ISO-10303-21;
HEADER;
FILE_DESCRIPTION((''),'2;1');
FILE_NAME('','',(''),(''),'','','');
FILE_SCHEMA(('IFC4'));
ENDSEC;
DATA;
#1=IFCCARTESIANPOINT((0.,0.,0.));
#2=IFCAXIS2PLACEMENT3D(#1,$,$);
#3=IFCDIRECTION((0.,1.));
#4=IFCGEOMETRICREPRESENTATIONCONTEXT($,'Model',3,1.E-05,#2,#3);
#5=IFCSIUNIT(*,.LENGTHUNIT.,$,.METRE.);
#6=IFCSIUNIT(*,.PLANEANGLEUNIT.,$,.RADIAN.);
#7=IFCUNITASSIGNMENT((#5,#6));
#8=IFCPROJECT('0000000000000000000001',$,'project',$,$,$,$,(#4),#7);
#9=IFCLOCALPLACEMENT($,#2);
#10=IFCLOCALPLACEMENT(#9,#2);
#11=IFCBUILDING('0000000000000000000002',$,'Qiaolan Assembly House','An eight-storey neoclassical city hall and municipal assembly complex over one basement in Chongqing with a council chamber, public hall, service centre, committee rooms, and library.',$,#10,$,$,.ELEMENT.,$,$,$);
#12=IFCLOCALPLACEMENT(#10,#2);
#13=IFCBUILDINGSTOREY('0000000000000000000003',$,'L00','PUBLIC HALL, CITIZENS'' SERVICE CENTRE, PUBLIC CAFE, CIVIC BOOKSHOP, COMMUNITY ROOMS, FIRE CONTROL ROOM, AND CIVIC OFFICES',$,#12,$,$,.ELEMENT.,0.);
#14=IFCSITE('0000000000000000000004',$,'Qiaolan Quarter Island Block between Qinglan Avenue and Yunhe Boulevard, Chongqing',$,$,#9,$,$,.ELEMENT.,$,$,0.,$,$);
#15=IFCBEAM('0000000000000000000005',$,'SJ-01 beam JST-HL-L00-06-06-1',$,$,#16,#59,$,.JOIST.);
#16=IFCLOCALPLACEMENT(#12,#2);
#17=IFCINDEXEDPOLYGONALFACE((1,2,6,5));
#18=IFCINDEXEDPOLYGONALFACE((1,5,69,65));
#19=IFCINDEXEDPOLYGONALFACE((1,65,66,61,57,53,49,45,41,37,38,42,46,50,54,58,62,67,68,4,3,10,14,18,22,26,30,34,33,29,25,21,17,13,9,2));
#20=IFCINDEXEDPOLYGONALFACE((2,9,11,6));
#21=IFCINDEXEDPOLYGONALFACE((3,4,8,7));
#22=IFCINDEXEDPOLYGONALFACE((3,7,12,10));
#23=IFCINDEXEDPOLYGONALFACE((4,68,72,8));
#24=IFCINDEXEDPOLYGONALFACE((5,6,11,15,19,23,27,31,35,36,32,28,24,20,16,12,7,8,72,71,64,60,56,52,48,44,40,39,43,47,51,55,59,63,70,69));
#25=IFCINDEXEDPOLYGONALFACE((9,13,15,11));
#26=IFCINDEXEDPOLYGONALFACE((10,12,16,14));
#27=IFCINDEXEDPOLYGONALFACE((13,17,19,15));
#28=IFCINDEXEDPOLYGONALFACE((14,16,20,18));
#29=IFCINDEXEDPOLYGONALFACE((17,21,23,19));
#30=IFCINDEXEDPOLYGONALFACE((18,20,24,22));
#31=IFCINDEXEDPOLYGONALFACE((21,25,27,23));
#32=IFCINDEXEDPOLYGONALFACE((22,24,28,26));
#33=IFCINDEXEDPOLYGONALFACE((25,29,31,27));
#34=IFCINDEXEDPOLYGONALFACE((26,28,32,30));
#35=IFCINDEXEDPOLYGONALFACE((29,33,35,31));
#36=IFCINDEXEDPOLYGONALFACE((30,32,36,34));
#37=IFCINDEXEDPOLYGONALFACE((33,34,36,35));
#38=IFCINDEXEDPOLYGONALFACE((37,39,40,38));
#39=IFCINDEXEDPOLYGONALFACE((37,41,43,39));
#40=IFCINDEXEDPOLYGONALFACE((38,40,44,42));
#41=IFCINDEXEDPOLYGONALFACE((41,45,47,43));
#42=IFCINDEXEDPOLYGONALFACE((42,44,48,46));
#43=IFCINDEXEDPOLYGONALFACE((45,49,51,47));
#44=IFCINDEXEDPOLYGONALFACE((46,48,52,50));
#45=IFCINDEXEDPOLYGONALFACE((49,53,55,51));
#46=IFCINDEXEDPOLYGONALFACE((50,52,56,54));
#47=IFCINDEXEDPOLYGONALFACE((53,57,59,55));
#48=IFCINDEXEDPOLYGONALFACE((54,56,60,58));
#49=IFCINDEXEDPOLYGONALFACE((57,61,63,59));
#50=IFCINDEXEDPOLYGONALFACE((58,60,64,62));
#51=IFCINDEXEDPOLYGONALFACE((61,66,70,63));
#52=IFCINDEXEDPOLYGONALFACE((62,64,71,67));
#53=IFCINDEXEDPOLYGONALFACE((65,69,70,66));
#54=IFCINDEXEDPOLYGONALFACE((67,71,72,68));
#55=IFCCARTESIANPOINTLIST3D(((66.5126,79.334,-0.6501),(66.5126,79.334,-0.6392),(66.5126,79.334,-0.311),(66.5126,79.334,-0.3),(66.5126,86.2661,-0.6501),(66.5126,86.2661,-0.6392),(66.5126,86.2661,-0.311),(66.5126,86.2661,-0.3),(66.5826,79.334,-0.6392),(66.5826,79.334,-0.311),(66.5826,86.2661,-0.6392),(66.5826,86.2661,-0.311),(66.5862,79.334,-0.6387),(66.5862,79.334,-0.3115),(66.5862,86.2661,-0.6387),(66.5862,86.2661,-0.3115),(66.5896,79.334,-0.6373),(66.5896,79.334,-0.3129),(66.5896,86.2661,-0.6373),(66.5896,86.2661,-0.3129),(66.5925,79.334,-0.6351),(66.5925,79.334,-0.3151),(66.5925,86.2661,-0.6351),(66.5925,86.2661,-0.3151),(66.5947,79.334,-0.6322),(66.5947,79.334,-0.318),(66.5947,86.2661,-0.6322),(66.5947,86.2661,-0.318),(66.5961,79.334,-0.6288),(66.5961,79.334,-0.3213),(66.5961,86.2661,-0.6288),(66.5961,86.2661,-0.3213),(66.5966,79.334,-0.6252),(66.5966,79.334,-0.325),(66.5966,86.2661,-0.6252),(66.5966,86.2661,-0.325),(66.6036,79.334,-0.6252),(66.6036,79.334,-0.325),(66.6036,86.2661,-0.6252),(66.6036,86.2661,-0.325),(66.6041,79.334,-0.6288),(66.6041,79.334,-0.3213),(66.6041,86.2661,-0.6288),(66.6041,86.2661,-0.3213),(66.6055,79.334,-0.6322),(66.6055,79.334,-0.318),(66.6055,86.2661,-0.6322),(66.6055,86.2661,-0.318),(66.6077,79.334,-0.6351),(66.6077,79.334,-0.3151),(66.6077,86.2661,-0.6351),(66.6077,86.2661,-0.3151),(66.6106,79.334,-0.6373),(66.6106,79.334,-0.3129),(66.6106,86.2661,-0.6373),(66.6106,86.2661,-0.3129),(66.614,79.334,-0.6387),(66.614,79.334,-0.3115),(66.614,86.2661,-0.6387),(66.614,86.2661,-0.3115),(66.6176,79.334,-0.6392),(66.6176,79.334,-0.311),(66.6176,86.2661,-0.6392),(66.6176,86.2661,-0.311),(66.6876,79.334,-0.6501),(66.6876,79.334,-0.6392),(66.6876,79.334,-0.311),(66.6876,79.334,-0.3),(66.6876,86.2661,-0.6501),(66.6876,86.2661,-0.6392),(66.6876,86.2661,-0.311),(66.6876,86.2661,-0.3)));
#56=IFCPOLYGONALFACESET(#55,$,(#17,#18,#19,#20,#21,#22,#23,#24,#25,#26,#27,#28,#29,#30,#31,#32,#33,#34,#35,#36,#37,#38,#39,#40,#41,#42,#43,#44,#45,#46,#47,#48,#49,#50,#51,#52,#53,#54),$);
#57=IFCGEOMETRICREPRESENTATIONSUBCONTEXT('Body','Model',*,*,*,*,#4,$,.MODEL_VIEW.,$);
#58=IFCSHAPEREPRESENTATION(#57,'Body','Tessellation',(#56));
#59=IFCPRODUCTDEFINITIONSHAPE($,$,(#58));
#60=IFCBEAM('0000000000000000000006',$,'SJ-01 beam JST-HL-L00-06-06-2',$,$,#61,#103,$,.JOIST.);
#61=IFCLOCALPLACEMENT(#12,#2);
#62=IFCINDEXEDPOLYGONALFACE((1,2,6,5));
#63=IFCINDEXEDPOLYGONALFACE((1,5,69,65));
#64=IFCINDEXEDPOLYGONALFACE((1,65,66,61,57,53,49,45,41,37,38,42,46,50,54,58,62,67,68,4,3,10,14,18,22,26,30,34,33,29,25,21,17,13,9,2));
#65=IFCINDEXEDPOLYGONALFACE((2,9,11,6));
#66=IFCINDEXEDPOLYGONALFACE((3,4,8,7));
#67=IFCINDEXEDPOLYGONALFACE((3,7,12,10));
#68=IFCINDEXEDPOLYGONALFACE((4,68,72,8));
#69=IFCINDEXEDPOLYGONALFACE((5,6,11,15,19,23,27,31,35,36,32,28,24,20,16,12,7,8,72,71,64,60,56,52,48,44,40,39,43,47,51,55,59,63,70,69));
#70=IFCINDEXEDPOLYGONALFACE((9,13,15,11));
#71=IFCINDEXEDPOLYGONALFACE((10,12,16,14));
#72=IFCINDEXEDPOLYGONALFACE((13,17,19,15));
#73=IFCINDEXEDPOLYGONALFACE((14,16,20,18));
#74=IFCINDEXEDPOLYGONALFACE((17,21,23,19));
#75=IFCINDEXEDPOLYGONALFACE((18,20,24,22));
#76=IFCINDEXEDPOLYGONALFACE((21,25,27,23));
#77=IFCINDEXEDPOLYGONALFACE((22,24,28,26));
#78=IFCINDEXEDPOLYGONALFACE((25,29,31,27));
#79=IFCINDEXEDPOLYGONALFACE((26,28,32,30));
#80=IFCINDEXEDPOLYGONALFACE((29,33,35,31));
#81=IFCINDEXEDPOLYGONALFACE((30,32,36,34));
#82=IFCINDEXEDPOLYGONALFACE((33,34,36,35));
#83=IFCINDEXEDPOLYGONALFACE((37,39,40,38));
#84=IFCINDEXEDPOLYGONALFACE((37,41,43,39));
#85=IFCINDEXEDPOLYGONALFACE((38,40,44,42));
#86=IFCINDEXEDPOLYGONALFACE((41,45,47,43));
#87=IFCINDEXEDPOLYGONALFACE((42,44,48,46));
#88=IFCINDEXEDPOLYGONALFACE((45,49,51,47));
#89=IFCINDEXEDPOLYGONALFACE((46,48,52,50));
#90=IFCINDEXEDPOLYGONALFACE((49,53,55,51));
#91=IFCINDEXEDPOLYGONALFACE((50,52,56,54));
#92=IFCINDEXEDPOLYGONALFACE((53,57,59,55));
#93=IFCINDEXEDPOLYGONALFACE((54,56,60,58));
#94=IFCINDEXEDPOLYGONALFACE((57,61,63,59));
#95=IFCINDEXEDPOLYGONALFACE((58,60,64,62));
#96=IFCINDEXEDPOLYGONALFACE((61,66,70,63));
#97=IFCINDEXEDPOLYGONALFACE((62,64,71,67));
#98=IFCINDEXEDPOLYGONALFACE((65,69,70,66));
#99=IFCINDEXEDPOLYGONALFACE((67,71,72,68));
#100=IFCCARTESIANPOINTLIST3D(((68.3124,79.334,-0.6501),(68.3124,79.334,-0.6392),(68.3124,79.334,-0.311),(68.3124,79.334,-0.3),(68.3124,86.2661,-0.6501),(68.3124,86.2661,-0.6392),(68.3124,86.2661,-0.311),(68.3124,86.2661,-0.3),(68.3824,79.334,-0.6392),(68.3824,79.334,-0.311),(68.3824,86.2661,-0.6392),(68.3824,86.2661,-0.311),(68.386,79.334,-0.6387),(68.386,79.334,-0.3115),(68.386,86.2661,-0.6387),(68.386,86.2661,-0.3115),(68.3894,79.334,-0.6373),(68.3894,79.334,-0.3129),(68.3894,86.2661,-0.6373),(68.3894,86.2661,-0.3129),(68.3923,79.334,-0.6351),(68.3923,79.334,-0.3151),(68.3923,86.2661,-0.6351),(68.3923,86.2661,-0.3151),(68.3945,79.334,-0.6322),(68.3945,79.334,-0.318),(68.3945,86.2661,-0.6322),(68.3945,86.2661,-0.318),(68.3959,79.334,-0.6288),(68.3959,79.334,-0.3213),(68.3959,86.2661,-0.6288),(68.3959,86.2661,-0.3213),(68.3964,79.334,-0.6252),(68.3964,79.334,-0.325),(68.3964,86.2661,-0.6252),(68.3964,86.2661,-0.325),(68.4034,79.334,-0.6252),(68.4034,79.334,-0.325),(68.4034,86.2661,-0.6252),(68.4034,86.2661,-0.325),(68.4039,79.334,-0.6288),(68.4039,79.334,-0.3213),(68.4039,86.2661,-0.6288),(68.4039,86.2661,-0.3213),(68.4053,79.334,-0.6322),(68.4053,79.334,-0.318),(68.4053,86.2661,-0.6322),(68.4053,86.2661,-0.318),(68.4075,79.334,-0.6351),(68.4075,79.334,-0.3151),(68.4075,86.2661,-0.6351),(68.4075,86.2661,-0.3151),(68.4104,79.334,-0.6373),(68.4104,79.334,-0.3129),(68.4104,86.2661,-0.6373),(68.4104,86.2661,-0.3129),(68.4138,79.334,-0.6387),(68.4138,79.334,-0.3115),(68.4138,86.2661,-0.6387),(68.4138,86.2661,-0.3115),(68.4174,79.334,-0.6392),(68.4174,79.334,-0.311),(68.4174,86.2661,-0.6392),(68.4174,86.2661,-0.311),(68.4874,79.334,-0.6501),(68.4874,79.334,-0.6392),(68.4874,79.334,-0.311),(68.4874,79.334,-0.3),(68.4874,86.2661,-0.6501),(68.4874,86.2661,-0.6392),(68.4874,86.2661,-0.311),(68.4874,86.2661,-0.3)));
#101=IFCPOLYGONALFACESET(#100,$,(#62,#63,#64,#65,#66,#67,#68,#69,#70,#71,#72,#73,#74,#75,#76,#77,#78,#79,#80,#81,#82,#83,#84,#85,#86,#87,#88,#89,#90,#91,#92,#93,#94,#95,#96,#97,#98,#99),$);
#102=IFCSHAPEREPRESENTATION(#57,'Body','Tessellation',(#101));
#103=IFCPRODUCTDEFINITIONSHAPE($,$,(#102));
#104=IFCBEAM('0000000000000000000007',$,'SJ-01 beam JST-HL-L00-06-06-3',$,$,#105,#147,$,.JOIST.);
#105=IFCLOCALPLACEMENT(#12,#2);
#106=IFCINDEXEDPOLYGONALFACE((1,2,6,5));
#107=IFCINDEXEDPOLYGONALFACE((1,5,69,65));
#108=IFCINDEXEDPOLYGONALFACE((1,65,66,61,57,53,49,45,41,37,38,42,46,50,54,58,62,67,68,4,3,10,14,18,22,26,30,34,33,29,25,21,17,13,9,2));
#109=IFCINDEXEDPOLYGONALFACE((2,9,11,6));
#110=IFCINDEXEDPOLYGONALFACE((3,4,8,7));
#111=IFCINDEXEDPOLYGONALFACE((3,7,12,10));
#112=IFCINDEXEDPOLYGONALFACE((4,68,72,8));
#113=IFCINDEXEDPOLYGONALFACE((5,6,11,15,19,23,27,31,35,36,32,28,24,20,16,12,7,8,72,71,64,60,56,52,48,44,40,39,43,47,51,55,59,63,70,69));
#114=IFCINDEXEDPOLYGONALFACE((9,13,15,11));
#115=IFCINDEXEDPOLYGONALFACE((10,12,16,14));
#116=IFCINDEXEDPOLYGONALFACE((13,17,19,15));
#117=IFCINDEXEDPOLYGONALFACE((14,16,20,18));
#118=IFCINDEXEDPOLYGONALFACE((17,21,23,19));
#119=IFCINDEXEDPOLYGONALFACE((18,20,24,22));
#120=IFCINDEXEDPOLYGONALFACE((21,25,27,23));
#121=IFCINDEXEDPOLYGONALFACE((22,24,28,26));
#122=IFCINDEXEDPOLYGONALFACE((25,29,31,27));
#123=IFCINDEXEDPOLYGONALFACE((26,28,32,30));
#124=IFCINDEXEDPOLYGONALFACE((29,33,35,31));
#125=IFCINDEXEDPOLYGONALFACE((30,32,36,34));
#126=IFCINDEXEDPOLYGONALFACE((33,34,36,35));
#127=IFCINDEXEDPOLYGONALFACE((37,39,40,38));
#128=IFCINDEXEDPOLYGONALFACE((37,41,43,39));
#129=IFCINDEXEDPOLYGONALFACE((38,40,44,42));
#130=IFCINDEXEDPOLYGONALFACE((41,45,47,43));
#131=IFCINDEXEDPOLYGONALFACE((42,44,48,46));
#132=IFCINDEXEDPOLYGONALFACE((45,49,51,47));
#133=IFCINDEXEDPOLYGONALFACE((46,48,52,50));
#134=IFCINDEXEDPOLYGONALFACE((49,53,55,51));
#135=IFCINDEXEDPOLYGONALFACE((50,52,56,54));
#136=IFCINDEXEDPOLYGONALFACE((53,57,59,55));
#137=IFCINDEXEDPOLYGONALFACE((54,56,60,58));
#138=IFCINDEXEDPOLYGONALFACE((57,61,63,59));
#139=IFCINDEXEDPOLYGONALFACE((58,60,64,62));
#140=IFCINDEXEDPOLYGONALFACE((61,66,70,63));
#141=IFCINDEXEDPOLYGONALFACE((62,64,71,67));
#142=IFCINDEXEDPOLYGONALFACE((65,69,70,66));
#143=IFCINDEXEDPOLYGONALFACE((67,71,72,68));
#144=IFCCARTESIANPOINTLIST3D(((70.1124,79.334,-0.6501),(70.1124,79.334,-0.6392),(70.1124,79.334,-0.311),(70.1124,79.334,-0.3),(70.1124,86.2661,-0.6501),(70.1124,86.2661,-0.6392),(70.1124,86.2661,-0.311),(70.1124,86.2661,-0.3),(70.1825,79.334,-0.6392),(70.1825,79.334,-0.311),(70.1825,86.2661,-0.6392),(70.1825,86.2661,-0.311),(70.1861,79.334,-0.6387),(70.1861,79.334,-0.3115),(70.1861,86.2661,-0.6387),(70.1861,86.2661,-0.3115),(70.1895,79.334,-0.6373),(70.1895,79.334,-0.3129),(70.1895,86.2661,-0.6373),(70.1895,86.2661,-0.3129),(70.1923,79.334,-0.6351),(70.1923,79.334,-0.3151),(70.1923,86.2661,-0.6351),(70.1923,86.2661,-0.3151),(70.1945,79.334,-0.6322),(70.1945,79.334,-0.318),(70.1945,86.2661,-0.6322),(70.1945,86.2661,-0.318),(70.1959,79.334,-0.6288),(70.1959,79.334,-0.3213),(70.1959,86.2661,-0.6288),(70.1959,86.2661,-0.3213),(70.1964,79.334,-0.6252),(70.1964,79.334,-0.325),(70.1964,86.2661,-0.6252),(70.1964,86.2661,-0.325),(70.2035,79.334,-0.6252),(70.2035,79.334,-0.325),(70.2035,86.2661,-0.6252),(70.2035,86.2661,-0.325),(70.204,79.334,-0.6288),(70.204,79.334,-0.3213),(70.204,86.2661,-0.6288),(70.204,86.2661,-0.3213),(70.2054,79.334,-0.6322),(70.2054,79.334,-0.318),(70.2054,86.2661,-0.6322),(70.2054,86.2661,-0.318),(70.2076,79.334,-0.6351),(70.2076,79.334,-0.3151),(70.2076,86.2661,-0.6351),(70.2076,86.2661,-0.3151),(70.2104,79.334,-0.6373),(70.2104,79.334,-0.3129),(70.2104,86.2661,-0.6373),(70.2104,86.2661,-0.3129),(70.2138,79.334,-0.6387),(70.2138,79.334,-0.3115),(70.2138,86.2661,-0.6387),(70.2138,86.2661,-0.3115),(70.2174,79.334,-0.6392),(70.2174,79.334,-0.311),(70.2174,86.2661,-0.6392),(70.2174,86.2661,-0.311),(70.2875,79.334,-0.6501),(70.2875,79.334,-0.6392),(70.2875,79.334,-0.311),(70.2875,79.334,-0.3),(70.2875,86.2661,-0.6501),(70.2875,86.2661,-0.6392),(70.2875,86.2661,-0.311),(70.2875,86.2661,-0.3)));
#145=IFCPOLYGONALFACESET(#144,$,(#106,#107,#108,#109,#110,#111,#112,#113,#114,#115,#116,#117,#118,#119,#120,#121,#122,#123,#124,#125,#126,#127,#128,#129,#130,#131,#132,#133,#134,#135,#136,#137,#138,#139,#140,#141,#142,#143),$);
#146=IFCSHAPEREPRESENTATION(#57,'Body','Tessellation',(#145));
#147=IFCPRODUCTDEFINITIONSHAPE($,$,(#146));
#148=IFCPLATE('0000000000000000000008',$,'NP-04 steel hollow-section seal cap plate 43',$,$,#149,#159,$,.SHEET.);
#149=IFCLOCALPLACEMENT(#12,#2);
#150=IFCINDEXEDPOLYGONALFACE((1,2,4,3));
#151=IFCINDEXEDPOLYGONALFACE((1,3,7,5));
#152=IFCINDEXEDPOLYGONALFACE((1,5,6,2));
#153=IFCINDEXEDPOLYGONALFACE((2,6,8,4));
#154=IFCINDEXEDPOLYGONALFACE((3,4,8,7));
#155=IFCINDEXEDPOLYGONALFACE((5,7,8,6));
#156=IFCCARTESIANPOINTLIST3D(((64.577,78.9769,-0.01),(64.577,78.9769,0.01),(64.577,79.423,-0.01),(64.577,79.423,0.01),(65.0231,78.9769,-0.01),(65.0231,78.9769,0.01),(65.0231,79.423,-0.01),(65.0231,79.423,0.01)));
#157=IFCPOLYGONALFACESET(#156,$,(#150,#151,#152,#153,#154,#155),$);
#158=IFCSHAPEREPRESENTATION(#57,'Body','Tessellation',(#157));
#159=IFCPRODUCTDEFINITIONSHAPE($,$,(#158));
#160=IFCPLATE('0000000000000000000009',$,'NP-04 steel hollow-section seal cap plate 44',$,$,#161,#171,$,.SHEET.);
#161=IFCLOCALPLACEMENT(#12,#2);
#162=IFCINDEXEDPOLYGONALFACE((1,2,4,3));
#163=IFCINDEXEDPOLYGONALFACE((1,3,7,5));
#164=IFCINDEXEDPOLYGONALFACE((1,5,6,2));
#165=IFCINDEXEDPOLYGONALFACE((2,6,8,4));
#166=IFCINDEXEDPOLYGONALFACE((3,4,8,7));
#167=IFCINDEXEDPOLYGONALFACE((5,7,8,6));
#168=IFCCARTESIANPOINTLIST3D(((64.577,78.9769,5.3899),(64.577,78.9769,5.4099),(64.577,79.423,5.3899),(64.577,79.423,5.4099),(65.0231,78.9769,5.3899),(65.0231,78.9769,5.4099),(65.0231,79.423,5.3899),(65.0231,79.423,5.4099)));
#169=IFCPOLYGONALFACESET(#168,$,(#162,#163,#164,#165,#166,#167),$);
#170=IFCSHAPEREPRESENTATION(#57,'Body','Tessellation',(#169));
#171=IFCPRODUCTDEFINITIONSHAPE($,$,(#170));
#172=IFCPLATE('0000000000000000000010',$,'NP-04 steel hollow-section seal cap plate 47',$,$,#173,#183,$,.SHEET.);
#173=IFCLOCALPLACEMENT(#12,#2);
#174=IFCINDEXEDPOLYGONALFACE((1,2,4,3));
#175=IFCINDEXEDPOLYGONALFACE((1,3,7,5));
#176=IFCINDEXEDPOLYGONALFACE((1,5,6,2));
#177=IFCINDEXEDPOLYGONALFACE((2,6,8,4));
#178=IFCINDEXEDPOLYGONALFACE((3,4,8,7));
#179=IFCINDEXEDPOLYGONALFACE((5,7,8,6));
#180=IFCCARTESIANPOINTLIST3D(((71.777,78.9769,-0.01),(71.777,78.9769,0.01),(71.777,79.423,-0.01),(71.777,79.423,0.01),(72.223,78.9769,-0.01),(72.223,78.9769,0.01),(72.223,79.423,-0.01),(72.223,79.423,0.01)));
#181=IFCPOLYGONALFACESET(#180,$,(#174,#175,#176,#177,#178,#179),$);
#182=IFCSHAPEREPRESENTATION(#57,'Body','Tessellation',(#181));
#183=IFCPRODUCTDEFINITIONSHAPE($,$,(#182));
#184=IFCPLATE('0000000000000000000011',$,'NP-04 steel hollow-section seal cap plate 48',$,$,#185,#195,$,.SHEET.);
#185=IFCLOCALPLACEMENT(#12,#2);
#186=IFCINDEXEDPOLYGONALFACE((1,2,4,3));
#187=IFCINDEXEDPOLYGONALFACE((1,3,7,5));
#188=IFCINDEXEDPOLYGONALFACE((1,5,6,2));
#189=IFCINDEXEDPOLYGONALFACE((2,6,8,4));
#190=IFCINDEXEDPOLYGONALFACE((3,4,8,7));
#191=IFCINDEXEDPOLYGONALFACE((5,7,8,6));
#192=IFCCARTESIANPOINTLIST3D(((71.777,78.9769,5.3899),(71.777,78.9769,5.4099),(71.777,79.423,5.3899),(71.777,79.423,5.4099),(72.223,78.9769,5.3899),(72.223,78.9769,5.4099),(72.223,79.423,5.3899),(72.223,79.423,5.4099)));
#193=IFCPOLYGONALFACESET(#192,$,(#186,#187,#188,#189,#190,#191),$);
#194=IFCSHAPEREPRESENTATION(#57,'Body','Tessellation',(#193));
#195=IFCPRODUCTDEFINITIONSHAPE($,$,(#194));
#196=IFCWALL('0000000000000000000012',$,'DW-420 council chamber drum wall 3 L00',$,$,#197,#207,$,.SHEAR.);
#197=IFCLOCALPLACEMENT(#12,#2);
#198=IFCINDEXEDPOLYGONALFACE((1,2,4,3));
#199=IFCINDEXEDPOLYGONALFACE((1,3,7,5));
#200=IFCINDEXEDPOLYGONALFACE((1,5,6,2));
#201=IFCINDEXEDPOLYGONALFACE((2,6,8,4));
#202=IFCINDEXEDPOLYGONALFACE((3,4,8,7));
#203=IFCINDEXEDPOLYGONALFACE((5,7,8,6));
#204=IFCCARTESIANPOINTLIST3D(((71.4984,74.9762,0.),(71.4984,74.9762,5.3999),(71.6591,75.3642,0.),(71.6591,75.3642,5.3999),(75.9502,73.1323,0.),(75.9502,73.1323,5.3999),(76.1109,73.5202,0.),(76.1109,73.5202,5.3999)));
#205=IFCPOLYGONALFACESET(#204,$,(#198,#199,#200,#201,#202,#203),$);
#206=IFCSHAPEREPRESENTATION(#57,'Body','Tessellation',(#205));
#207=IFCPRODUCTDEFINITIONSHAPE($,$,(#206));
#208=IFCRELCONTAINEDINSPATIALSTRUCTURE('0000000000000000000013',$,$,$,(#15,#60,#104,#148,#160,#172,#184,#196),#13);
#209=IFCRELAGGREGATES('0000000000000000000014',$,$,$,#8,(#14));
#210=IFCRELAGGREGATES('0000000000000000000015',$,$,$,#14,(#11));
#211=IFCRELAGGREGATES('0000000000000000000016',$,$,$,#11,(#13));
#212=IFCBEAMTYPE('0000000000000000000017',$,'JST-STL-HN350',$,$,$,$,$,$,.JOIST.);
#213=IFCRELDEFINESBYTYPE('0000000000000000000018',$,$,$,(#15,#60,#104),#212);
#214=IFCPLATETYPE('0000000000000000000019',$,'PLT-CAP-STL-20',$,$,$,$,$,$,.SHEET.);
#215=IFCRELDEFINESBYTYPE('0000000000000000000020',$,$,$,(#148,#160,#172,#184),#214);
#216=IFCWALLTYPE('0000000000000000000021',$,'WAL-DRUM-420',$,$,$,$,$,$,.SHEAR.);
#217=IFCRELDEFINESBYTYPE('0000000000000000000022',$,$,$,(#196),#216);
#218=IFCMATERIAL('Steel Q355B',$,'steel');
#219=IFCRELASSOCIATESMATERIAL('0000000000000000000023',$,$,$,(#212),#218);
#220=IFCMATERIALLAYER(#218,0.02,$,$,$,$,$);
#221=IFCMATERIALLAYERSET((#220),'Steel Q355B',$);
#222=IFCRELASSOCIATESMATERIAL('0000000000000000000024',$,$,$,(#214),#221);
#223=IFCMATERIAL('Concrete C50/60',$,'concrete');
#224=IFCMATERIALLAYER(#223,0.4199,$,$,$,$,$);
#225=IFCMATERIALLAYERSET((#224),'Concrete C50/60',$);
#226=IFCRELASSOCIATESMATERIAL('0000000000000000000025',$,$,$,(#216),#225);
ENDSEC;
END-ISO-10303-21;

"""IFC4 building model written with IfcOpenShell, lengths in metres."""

from ifc_helpers import new_model, si_unit, direction, frame, frame_2d, origin, origin_2d, place, context, subcontext, project, spatial, rectangle, i_section, extrude, material, layer, layer_set, material_profile, profile_set, type_object, element, save


model = new_model("IFC4")

# Units and contexts
model_context = context("Model", 3, precision=1e-05, world=origin(), true_north=direction((0.0, 1.0)))
body_context = subcontext(model_context, "Body", "Model", "MODEL_VIEW")
ifc_project = project(units=[si_unit("LENGTHUNIT", "METRE"), si_unit("PLANEANGLEUNIT", "RADIAN")], contexts=[model_context])

# Site, building, storey
site_placement = place(None, origin())
site = spatial("IfcSite", under=ifc_project, at=site_placement, Name="Qiaolan Quarter Island Block between Qinglan Avenue and Yunhe Boulevard, Chongqing", CompositionType="ELEMENT", RefElevation=0.0)
building_placement = place(site_placement, origin())
building = spatial("IfcBuilding", under=site, at=building_placement, Name="Qiaolan Assembly House", Description="An eight-storey neoclassical city hall and municipal assembly complex over one basement in Chongqing with a council chamber, public hall, service centre, committee rooms, and library.", CompositionType="ELEMENT")
storey_placement = place(building_placement, origin())
storey = spatial("IfcBuildingStorey", under=building, at=storey_placement, Name="L00", Description="PUBLIC HALL, CITIZENS' SERVICE CENTRE, PUBLIC CAFE, CIVIC BOOKSHOP, COMMUNITY ROOMS, FIRE CONTROL ROOM, AND CIVIC OFFICES", CompositionType="ELEMENT", Elevation=0.0)

# Shared definitions
ifc_material_1 = material(Name="Concrete C50/60", Category="concrete")
ifc_material_2 = material(Name="Steel Q355B", Category="steel")

# Beams
ifc_material_profile_1 = material_profile(ifc_material_2, i_section(OverallWidth=0.175, OverallDepth=0.3501, WebThickness=0.0071, FlangeThickness=0.011, FilletRadius=0.0139, at=origin_2d()), Name="HN 350x175x7x11")
ifc_profile_set_1 = profile_set([ifc_material_profile_1], Name="Steel Q355B")
beam_type_1 = type_object("IfcBeamType", Name="JST-STL-HN350", PredefinedType="JOIST", material=ifc_profile_set_1)
for number, where, z_axis, x_axis, name in (
    (1, (66.6001, 79.334, -0.4751), (0.0, 1.0, 0.0), (-1.0, 0.0, 0.0), "SJ-01 beam JST-HL-L00-06-06-1"),
    (2, (68.3999, 79.334, -0.4751), (0.0, 1.0, 0.0), (-1.0, 0.0, 0.0), "SJ-01 beam JST-HL-L00-06-06-2"),
    (3, (70.2, 79.334, -0.4751), (0.0, 1.0, 0.0), (-1.0, 0.0, 0.0), "SJ-01 beam JST-HL-L00-06-06-3"),
):
    element("IfcBeam", number, at=place(storey_placement, frame(where, z_axis=z_axis, x_axis=x_axis)), inside=storey, type_object=beam_type_1, Name=name, PredefinedType="JOIST", context=body_context, shape_type="SweptSolid", body=[
        extrude(i_section(OverallWidth=0.175, OverallDepth=0.3501, WebThickness=0.0071, FlangeThickness=0.011, FilletRadius=0.0139, at=origin_2d()), origin(), (0.0, 0.0, 1.0), 6.9321),
    ])

# Plates
ifc_layer_1 = layer(ifc_material_2, 0.02)
ifc_layer_set_1 = layer_set([ifc_layer_1], Name="Steel Q355B")
plate_type = type_object("IfcPlateType", Name="PLT-CAP-STL-20", PredefinedType="SHEET", material=ifc_layer_set_1)
for number, where, z_axis, x_axis, name in (
    (4, (64.8, 79.2, -0.01), (0.0, 0.0, 1.0), (1.0, 0.0, 0.0), "NP-04 steel hollow-section seal cap plate 43"),
    (5, (64.8, 79.2, 5.3899), (0.0, 0.0, 1.0), (1.0, 0.0, 0.0), "NP-04 steel hollow-section seal cap plate 44"),
    (6, (72.0, 79.2, -0.01), (0.0, 0.0, 1.0), (1.0, 0.0, 0.0), "NP-04 steel hollow-section seal cap plate 47"),
    (7, (72.0, 79.2, 5.3899), (0.0, 0.0, 1.0), (1.0, 0.0, 0.0), "NP-04 steel hollow-section seal cap plate 48"),
):
    element("IfcPlate", number, at=place(storey_placement, frame(where, z_axis=z_axis, x_axis=x_axis)), inside=storey, type_object=plate_type, Name=name, PredefinedType="SHEET", context=body_context, shape_type="SweptSolid", body=[
        extrude(rectangle(XDim=0.446, YDim=0.446, at=origin_2d()), origin(), (0.0, 0.0, 1.0), 0.02),
    ])

# Wall
ifc_layer_2 = layer(ifc_material_1, 0.4199)
ifc_layer_set_2 = layer_set([ifc_layer_2], Name="Concrete C50/60")
wall_type = type_object("IfcWallType", Name="WAL-DRUM-420", PredefinedType="SHEAR", material=ifc_layer_set_2)
for number, where, z_axis, x_axis, name in (
    (8, (71.5789, 75.1702, 0.0), (0.0, 0.0, 1.0), (0.923883, -0.382675, 0.0), "DW-420 council chamber drum wall 3 L00"),
):
    element("IfcWall", number, at=place(storey_placement, frame(where, z_axis=z_axis, x_axis=x_axis)), inside=storey, type_object=wall_type, Name=name, PredefinedType="SHEAR", context=body_context, shape_type="SweptSolid", body=[
        extrude(rectangle(XDim=4.8186, YDim=0.4199, at=frame_2d((2.4092, 0.0))), origin(), (0.0, 0.0, 1.0), 5.3999),
    ])

save(model, "model.ifc")
